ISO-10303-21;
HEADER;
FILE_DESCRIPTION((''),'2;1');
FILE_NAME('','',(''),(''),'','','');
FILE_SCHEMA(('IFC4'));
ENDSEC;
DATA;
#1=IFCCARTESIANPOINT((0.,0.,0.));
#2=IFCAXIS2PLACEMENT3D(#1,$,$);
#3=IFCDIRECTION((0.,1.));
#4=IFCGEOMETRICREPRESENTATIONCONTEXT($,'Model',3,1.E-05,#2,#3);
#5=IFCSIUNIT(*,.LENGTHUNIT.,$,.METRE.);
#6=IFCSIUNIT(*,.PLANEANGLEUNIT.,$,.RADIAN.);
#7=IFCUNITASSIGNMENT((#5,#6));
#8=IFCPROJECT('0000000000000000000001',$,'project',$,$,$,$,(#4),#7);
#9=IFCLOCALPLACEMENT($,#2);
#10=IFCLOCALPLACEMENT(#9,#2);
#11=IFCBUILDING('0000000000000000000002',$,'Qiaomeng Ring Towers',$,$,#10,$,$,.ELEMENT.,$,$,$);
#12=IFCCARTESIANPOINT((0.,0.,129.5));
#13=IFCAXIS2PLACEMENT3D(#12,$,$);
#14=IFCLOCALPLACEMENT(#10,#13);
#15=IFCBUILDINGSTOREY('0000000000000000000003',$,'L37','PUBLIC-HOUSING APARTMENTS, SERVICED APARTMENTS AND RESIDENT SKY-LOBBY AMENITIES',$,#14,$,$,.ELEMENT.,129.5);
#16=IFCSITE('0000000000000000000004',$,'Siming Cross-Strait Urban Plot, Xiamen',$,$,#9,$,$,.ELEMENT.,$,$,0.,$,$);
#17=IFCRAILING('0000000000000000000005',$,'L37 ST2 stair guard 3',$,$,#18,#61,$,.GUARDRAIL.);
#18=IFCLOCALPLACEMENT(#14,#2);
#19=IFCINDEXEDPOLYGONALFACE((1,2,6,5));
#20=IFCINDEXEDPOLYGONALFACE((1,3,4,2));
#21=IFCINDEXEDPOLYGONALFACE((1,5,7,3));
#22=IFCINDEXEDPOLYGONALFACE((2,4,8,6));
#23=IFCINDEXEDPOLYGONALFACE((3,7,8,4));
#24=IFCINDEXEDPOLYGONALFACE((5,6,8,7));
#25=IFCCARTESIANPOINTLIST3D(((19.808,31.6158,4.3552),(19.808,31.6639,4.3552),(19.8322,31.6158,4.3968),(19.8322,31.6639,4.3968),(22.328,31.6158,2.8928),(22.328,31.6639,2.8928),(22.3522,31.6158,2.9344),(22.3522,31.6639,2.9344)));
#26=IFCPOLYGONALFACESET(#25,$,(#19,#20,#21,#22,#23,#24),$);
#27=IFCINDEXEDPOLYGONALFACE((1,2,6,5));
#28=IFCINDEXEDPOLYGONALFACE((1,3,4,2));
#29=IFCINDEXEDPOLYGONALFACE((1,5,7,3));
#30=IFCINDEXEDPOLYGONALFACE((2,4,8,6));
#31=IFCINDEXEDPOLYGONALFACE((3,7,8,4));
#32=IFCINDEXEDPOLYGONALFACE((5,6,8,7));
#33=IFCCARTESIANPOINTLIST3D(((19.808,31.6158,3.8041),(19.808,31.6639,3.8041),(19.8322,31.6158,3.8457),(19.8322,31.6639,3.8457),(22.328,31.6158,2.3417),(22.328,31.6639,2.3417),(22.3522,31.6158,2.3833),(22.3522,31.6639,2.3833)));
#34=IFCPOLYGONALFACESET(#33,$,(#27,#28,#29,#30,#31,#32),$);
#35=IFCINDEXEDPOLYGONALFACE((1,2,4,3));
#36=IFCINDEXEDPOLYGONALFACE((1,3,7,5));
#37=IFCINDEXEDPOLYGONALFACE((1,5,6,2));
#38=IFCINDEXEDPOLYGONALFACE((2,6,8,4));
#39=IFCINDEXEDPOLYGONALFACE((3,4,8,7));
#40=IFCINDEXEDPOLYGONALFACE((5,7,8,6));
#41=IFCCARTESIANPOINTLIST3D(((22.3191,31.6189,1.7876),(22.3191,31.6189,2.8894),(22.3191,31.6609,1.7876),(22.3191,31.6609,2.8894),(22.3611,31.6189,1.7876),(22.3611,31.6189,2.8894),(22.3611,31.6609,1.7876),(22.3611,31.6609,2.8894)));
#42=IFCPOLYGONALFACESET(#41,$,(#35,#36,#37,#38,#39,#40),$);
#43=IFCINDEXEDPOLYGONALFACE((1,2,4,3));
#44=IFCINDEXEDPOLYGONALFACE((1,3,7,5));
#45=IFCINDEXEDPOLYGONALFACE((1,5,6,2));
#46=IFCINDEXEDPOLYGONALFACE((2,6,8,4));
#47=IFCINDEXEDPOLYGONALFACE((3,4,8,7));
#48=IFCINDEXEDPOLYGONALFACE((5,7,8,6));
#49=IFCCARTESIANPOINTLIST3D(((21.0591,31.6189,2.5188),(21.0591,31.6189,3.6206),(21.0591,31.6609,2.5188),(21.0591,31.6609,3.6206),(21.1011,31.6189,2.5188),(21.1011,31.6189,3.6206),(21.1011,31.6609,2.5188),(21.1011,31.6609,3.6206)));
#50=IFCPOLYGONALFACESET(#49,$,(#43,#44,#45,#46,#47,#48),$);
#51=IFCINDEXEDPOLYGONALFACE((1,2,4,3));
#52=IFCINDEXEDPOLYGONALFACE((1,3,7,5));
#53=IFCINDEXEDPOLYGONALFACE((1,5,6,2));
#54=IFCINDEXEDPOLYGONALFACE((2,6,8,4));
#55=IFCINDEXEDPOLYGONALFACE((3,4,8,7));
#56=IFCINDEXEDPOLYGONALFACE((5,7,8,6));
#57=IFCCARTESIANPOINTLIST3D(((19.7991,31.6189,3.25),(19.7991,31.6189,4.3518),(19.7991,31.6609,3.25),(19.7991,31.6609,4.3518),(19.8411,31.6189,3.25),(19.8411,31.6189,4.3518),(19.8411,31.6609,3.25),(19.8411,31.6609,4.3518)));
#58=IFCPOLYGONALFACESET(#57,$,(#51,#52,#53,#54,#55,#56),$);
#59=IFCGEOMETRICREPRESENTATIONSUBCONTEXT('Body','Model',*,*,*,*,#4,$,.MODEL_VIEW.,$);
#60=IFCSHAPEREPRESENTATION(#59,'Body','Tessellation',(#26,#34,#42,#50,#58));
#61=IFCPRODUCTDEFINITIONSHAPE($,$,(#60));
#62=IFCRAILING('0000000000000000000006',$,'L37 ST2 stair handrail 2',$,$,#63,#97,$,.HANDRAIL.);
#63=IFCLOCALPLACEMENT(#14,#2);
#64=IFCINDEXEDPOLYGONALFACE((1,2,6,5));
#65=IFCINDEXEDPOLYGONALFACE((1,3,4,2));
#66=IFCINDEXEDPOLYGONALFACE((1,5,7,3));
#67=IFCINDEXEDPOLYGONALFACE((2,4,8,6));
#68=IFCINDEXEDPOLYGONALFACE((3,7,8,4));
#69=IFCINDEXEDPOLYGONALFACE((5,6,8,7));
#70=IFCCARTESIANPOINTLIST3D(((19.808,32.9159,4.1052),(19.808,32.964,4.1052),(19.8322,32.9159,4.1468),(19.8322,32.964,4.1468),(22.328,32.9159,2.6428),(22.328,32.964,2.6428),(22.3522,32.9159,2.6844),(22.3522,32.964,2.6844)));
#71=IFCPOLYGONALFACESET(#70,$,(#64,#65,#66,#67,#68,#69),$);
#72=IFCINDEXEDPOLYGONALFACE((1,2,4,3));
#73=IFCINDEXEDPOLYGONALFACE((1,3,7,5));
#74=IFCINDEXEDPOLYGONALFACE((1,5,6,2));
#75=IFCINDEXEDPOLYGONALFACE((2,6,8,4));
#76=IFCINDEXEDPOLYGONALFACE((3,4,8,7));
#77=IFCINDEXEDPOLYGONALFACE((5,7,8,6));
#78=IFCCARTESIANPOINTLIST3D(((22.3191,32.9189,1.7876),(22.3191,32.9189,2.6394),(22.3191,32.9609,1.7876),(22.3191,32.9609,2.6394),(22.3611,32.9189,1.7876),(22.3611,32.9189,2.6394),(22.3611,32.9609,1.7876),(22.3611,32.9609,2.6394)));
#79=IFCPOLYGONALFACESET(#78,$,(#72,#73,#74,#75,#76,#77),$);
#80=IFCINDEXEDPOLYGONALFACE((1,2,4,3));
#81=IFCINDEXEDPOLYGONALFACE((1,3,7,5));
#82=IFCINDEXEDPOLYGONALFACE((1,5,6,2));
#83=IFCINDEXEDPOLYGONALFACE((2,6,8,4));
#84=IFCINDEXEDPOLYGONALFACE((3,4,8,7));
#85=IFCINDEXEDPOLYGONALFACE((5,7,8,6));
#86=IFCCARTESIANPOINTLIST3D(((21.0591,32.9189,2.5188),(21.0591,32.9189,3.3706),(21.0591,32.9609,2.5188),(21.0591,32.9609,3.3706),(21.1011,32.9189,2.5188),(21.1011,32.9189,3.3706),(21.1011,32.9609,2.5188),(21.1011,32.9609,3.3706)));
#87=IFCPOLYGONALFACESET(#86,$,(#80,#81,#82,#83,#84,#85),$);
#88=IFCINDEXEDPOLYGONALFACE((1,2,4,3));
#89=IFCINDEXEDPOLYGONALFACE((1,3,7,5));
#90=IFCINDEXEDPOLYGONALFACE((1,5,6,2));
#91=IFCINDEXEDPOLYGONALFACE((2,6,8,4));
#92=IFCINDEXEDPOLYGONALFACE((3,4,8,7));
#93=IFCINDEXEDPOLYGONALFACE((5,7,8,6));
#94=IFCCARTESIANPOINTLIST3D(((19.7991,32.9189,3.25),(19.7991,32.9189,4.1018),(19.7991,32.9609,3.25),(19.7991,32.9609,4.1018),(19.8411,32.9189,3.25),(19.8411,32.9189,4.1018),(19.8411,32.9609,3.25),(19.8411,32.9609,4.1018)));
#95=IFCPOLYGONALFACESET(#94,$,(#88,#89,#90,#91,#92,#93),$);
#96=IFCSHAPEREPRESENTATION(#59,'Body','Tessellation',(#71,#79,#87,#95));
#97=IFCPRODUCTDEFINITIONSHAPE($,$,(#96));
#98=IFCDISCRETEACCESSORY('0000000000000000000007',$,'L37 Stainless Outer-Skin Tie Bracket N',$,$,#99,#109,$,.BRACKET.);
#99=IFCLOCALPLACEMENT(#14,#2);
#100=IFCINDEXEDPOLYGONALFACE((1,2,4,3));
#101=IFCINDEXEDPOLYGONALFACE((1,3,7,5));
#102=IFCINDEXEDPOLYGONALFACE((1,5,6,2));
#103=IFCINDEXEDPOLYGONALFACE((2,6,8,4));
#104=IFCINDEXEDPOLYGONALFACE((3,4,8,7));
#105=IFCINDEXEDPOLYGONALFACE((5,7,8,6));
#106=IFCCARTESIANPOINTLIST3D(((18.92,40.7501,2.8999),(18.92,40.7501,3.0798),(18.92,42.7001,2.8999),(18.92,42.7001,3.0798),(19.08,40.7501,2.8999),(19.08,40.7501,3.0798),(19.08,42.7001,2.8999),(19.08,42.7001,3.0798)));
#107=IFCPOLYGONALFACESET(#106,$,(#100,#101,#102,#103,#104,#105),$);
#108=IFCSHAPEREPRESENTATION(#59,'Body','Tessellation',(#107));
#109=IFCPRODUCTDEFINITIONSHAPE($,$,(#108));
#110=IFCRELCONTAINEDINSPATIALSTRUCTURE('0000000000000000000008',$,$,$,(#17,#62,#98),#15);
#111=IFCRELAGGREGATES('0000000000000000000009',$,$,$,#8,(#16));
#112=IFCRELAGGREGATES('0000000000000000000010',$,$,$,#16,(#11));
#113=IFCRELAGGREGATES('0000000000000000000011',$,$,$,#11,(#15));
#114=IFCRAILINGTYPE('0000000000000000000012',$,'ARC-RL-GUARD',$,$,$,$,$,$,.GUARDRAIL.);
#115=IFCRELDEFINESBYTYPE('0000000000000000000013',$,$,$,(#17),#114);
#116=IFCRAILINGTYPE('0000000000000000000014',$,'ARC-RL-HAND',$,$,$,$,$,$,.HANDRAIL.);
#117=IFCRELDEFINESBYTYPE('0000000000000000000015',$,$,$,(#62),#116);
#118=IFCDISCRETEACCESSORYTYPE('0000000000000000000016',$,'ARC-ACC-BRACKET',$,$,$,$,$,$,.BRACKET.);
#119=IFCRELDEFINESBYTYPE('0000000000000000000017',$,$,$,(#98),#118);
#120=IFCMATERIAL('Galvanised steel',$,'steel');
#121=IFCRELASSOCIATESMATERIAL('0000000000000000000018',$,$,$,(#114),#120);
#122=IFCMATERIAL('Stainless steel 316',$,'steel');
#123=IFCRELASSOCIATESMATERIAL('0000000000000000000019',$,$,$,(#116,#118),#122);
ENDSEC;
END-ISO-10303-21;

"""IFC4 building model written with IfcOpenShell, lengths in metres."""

from ifc_helpers import new_model, si_unit, direction, frame, origin, origin_2d, place, context, subcontext, project, spatial, rectangle, extrude, source, transform, mapped, material, type_object, element, save


model = new_model("IFC4")

# Units and contexts
model_context = context("Model", 3, precision=1e-05, world=origin(), true_north=direction((0.0, 1.0)))
body_context = subcontext(model_context, "Body", "Model", "MODEL_VIEW")
ifc_project = project(units=[si_unit("LENGTHUNIT", "METRE"), si_unit("PLANEANGLEUNIT", "RADIAN")], contexts=[model_context])

# Site, building, storey
site_placement = place(None, origin())
site = spatial("IfcSite", under=ifc_project, at=site_placement, Name="Siming Cross-Strait Urban Plot, Xiamen", CompositionType="ELEMENT", RefElevation=0.0)
building_placement = place(site_placement, origin())
building = spatial("IfcBuilding", under=site, at=building_placement, Name="Qiaomeng Ring Towers", CompositionType="ELEMENT")
storey_placement = place(building_placement, frame((0.0, 0.0, 129.5)))
storey = spatial("IfcBuildingStorey", under=building, at=storey_placement, Name="L37", Description="PUBLIC-HOUSING APARTMENTS, SERVICED APARTMENTS AND RESIDENT SKY-LOBBY AMENITIES", CompositionType="ELEMENT", Elevation=129.5)

# Railings
ifc_material_1 = material(Name="Galvanised steel", Category="steel")
railing_type_1 = type_object("IfcRailingType", Name="ARC-RL-GUARD", PredefinedType="GUARDRAIL", material=ifc_material_1)
railing_1_placement = place(storey_placement, frame((22.3401, 31.6399, 1.7876)))
element("IfcRailing", 1, at=railing_1_placement, inside=storey, type_object=railing_type_1, Name="L37 ST2 stair guard 3", PredefinedType="GUARDRAIL", context=body_context, shape_type="SweptSolid", body=[
    extrude(rectangle(XDim=0.0481, YDim=0.0481, at=origin_2d()), frame((0.0, 0.0, 1.126), z_axis=(-0.864913, 0.0, 0.501921), x_axis=(0.0, -1.0, 0.0)), (0.0, 0.0, 1.0), 2.9136),
    extrude(rectangle(XDim=0.0481, YDim=0.0481, at=origin_2d()), frame((0.0, 0.0, 0.575), z_axis=(-0.864913, 0.0, 0.501921), x_axis=(0.0, -1.0, 0.0)), (0.0, 0.0, 1.0), 2.9136),
    extrude(rectangle(XDim=0.042, YDim=0.042, at=origin_2d()), origin(), (0.0, 0.0, 1.0), 1.1018),
    extrude(rectangle(XDim=0.042, YDim=0.042, at=origin_2d()), frame((-1.26, 0.0, 0.7312)), (0.0, 0.0, 1.0), 1.1018),
    extrude(rectangle(XDim=0.042, YDim=0.042, at=origin_2d()), frame((-2.52, 0.0, 1.4624)), (0.0, 0.0, 1.0), 1.1018),
])
ifc_material_2 = material(Name="Stainless steel 316", Category="steel")
railing_type_2 = type_object("IfcRailingType", Name="ARC-RL-HAND", PredefinedType="HANDRAIL", material=ifc_material_2)
railing_2_placement = place(storey_placement, frame((22.3401, 32.9399, 1.7876)))
element("IfcRailing", 2, at=railing_2_placement, inside=storey, type_object=railing_type_2, Name="L37 ST2 stair handrail 2", PredefinedType="HANDRAIL", context=body_context, shape_type="SweptSolid", body=[
    extrude(rectangle(XDim=0.0481, YDim=0.0481, at=origin_2d()), frame((0.0, 0.0, 0.876), z_axis=(-0.864913, 0.0, 0.501921), x_axis=(0.0, -1.0, 0.0)), (0.0, 0.0, 1.0), 2.9136),
    extrude(rectangle(XDim=0.042, YDim=0.042, at=origin_2d()), origin(), (0.0, 0.0, 1.0), 0.8518),
    extrude(rectangle(XDim=0.042, YDim=0.042, at=origin_2d()), frame((-1.26, 0.0, 0.7312)), (0.0, 0.0, 1.0), 0.8518),
    extrude(rectangle(XDim=0.042, YDim=0.042, at=origin_2d()), frame((-2.52, 0.0, 1.4624)), (0.0, 0.0, 1.0), 0.8518),
])

# Discrete accessory
discrete_accessory_type = type_object("IfcDiscreteAccessoryType", Name="ARC-ACC-BRACKET", PredefinedType="BRACKET", material=ifc_material_2)
shared_shape_1 = source(origin(), body_context, "Body", "SweptSolid", [
    extrude(rectangle(XDim=0.1599, YDim=1.95, at=origin_2d()), origin(), (0.0, 0.0, 1.0), 0.1799),
])
discrete_accessory_placement = place(storey_placement, frame((19.0, 41.7251, 2.8999), z_axis=(0.0, 0.0, 1.0), x_axis=(1.0, 0.0, 0.0)))
element("IfcDiscreteAccessory", 3, at=discrete_accessory_placement, inside=storey, type_object=discrete_accessory_type, Name="L37 Stainless Outer-Skin Tie Bracket N", PredefinedType="BRACKET", context=body_context, shape_type="MappedRepresentation", body=[
    mapped(shared_shape_1, transform((0.0, 0.0, 0.0), x_axis=(1.0, 0.0, 0.0), y_axis=(0.0, 1.0, 0.0), z_axis=(0.0, 0.0, 1.0), scale=1.0)),
])

save(model, "model.ifc")
